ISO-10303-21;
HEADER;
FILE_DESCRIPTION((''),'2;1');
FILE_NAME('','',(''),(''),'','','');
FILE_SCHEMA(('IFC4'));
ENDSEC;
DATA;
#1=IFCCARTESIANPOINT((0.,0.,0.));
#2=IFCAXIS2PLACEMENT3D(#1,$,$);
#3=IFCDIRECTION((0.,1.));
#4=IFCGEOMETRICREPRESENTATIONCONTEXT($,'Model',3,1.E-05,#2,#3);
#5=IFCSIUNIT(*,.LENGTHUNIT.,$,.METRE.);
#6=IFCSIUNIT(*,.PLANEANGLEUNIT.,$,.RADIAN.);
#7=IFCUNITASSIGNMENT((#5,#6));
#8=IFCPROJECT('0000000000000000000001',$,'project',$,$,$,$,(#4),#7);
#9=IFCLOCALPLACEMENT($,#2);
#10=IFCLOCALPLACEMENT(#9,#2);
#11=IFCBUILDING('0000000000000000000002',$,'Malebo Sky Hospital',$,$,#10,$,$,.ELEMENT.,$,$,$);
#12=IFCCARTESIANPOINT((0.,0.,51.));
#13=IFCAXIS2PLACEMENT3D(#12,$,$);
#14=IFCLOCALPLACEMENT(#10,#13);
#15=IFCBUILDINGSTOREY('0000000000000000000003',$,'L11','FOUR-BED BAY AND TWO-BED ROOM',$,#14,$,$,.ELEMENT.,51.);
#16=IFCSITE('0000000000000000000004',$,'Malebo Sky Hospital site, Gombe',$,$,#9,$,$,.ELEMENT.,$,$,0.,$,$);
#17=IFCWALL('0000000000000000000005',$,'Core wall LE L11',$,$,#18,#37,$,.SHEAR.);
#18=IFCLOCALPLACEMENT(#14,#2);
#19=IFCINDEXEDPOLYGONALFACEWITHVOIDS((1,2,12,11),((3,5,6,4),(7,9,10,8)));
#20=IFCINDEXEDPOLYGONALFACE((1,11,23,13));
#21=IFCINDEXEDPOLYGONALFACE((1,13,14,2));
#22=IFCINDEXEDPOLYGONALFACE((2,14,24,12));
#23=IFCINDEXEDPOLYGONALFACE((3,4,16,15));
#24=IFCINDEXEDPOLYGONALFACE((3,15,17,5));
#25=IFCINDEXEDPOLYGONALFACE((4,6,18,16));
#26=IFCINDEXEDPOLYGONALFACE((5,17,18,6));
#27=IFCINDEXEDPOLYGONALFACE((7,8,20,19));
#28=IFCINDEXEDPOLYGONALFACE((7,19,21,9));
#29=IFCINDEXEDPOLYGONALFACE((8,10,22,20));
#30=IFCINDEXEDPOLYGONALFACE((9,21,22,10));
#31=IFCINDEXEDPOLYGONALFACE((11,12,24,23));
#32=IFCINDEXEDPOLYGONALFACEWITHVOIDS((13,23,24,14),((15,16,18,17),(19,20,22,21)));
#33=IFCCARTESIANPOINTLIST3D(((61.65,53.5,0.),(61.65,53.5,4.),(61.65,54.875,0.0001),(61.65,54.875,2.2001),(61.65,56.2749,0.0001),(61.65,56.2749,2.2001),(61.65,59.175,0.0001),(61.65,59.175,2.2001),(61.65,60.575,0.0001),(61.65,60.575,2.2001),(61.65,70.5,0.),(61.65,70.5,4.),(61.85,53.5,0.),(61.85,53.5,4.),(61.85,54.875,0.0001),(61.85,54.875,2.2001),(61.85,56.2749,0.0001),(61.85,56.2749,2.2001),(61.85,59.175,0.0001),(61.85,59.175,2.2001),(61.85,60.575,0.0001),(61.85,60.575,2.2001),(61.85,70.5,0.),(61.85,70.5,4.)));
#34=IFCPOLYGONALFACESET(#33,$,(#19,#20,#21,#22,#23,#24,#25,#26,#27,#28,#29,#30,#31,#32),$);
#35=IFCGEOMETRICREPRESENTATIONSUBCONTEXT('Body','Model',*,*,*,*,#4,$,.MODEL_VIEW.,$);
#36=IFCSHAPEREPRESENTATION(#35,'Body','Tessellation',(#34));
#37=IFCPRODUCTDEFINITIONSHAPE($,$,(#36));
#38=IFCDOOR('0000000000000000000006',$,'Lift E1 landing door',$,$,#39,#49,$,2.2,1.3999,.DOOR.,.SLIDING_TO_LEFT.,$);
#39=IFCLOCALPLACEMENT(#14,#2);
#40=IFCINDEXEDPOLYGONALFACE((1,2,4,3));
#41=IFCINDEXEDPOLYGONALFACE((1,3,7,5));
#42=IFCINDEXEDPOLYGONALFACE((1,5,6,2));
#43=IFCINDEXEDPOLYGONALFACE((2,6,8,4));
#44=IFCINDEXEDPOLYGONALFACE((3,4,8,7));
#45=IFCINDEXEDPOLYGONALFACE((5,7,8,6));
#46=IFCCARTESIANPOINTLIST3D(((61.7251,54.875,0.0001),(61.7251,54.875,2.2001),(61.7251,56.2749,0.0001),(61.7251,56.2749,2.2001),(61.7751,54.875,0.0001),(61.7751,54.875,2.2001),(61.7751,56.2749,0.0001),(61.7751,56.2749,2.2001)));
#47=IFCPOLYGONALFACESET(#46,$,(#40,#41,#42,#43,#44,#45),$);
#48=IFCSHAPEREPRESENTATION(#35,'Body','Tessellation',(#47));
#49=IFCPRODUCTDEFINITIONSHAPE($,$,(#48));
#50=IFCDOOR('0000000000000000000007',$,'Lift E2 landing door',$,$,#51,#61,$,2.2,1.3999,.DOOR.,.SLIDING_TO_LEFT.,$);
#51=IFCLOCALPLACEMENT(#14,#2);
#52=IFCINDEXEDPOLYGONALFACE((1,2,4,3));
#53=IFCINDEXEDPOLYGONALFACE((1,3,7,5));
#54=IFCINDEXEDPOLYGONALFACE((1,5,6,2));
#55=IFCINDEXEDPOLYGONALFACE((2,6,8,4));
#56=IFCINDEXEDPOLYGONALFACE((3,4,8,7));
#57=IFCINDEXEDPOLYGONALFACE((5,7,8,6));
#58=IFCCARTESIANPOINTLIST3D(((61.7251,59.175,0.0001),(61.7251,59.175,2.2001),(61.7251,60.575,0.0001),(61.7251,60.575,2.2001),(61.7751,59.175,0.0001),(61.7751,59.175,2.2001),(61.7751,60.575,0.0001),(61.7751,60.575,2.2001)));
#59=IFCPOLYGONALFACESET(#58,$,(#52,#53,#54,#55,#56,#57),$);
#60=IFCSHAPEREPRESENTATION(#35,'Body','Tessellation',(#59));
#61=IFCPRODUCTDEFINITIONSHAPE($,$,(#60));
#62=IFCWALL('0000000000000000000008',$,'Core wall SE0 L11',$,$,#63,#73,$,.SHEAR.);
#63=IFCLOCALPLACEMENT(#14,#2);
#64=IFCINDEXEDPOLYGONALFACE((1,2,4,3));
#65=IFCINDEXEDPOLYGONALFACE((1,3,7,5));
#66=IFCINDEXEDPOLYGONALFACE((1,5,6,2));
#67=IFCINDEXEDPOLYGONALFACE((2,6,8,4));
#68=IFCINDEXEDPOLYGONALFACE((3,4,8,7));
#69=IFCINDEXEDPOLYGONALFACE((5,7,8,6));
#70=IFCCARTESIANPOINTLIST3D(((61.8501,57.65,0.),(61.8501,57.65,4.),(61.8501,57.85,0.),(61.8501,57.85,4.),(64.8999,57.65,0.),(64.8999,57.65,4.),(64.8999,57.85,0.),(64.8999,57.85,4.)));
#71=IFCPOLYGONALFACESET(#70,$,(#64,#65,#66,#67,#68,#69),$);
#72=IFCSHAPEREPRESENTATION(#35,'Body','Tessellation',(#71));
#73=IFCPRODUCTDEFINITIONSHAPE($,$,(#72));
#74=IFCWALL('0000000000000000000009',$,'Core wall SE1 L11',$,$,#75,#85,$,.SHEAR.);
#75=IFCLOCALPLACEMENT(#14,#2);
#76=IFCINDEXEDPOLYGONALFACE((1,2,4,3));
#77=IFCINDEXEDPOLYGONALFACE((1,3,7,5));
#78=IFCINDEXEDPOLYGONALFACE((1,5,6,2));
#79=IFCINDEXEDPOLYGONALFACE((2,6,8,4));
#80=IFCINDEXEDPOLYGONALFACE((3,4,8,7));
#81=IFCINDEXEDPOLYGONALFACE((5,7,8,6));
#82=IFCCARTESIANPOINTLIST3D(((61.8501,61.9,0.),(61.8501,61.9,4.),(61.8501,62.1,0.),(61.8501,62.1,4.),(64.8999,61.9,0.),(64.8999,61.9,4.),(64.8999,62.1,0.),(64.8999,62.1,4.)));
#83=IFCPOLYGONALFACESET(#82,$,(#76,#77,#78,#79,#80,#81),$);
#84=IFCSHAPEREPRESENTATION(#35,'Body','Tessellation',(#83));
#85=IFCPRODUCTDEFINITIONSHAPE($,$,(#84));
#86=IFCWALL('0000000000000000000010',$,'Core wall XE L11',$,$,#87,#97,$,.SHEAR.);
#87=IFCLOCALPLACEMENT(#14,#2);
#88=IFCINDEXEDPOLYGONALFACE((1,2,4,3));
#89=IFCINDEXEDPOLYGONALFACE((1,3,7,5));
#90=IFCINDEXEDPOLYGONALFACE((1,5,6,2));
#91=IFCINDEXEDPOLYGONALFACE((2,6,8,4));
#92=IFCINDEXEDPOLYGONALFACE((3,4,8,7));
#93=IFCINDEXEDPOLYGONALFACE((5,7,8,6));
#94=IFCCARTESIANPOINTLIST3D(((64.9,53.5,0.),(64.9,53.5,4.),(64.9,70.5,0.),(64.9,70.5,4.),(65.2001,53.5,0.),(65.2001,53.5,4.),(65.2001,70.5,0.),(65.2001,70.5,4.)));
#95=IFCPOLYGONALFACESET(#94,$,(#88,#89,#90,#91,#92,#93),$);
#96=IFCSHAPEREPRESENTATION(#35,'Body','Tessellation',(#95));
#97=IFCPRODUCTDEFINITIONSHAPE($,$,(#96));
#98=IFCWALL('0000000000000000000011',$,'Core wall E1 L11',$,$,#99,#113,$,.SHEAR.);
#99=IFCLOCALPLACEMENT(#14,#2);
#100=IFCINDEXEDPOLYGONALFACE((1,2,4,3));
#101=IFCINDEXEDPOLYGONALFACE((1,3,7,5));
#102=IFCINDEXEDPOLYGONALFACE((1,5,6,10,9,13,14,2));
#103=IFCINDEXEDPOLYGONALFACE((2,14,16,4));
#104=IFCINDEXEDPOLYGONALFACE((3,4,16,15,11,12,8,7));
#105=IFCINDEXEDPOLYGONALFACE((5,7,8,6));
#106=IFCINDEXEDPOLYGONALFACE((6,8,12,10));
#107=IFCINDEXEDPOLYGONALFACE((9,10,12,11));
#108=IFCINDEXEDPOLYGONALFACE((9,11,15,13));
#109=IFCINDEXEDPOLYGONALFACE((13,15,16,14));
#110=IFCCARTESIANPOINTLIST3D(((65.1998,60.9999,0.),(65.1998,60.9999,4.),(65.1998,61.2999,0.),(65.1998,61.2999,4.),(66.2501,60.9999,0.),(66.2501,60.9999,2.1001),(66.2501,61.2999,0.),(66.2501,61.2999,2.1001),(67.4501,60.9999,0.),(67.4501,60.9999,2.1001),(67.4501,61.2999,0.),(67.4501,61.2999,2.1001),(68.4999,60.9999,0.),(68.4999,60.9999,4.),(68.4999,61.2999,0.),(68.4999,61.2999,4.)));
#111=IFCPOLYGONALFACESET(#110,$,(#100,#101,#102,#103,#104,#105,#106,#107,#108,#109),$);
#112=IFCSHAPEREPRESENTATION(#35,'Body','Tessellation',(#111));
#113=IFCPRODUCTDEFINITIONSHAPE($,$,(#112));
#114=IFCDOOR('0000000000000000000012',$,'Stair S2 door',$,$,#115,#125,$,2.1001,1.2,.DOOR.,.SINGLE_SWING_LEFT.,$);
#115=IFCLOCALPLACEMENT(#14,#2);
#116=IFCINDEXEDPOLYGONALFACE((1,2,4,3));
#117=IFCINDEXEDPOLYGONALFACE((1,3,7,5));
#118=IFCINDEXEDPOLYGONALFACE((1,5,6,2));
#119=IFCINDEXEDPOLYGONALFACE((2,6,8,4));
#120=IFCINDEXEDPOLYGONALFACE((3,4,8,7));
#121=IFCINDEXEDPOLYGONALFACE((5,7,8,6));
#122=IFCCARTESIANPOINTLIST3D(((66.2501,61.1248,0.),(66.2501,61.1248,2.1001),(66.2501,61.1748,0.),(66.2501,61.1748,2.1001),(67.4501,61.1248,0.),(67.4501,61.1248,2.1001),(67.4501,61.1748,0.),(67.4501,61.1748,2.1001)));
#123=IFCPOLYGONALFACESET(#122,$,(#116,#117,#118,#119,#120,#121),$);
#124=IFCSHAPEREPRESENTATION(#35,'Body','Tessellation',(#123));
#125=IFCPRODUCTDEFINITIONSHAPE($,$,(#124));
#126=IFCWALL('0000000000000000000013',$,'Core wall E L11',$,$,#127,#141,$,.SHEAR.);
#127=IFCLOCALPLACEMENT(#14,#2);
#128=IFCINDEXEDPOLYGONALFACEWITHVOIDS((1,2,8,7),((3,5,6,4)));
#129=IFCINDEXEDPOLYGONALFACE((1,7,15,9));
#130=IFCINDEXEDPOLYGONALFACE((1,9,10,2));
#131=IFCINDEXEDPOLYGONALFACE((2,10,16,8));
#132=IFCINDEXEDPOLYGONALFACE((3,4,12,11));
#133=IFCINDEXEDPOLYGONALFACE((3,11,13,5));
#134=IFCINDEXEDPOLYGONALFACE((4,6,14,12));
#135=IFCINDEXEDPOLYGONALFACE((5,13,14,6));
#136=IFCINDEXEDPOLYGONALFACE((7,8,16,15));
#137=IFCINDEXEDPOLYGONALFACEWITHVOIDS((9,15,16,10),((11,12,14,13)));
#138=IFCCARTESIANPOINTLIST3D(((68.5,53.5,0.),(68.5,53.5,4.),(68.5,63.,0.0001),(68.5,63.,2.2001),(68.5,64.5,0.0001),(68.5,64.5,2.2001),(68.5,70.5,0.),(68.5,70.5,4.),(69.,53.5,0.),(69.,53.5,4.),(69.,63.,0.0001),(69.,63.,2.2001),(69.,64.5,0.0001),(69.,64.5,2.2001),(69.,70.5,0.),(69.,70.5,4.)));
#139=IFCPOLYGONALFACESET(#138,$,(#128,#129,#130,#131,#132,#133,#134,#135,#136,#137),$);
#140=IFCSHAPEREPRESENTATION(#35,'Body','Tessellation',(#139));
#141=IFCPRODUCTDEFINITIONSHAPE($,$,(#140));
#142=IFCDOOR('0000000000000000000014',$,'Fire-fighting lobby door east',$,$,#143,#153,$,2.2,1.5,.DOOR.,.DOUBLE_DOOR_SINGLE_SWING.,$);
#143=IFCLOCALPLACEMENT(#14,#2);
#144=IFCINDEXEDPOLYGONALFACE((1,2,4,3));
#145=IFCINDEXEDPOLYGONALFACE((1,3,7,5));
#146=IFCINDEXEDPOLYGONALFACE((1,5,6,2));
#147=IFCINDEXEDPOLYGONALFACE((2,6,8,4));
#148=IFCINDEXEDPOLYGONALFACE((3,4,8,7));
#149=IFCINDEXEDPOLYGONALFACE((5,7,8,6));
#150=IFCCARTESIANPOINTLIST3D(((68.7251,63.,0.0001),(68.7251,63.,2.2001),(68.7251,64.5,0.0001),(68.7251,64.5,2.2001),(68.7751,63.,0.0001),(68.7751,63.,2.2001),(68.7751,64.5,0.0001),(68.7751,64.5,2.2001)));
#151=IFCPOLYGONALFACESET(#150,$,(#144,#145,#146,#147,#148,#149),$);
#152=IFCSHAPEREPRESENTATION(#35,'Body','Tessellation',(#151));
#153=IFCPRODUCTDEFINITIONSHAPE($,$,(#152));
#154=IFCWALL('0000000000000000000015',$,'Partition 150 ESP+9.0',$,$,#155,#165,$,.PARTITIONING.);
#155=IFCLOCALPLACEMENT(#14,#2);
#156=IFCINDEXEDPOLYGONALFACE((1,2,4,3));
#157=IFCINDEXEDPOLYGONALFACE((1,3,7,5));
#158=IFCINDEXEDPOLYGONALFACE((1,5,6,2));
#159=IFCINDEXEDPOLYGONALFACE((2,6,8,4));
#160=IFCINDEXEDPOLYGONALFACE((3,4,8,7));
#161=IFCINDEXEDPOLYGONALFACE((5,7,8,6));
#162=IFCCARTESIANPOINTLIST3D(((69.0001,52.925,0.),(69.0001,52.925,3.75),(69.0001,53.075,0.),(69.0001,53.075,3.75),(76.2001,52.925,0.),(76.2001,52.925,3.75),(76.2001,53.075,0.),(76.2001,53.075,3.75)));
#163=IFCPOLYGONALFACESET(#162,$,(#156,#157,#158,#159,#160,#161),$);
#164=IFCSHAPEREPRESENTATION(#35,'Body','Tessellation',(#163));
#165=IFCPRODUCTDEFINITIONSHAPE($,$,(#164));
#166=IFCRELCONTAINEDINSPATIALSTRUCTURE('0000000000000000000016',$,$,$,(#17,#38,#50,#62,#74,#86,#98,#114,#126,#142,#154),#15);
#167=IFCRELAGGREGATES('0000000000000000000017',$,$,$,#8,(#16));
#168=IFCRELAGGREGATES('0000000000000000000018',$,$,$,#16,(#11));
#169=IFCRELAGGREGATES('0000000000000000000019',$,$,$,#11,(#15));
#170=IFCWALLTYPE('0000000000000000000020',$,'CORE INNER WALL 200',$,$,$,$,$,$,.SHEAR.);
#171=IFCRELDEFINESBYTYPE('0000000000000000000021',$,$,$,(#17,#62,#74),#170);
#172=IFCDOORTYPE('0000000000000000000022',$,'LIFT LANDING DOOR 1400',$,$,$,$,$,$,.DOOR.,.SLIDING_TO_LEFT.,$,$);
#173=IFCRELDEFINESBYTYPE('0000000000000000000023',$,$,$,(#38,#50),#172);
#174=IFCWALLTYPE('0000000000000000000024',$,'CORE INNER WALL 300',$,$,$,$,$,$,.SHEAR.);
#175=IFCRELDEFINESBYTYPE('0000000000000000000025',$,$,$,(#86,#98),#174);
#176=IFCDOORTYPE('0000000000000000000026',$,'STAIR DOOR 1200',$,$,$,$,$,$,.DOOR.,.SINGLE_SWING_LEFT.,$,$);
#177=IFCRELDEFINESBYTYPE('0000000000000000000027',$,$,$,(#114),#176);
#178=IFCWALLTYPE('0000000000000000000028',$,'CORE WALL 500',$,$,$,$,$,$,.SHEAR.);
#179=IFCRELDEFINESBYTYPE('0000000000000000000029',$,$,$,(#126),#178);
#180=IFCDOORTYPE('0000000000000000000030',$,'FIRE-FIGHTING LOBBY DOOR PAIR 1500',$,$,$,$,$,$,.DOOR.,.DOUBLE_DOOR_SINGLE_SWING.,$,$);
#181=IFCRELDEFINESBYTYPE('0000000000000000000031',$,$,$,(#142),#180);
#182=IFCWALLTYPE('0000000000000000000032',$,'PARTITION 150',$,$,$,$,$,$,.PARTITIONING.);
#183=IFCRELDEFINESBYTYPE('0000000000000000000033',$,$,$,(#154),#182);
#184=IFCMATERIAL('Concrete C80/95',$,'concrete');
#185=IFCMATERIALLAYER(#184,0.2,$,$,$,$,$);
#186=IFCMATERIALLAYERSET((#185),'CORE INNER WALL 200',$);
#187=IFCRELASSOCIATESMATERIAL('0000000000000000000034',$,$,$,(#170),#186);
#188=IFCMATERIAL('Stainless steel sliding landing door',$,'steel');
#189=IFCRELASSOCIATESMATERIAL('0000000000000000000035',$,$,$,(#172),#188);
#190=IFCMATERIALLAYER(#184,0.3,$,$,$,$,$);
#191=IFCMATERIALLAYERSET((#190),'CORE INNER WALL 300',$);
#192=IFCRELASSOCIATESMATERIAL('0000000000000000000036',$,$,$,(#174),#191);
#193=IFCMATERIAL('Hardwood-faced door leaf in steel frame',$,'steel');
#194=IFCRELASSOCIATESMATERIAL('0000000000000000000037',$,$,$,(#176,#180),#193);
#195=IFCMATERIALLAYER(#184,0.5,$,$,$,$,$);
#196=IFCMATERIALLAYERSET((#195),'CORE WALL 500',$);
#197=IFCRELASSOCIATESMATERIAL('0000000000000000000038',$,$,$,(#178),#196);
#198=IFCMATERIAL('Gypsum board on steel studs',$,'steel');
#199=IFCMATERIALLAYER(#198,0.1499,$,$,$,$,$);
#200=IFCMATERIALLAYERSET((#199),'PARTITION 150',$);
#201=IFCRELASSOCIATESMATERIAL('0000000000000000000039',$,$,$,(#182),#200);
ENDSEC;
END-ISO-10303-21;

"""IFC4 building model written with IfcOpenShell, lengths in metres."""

from ifc_helpers import new_model, si_unit, direction, frame, frame_2d, origin, place, context, subcontext, project, spatial, rectangle, extrude, material, layer, layer_set, type_object, element, fill, save


model = new_model("IFC4")

# Units and contexts
model_context = context("Model", 3, precision=1e-05, world=origin(), true_north=direction((0.0, 1.0)))
body_context = subcontext(model_context, "Body", "Model", "MODEL_VIEW")
ifc_project = project(units=[si_unit("LENGTHUNIT", "METRE"), si_unit("PLANEANGLEUNIT", "RADIAN")], contexts=[model_context])

# Site, building, storey
site_placement = place(None, origin())
site = spatial("IfcSite", under=ifc_project, at=site_placement, Name="Malebo Sky Hospital site, Gombe", CompositionType="ELEMENT", RefElevation=0.0)
building_placement = place(site_placement, origin())
building = spatial("IfcBuilding", under=site, at=building_placement, Name="Malebo Sky Hospital", CompositionType="ELEMENT")
storey_placement = place(building_placement, frame((0.0, 0.0, 51.0)))
storey = spatial("IfcBuildingStorey", under=building, at=storey_placement, Name="L11", Description="FOUR-BED BAY AND TWO-BED ROOM", CompositionType="ELEMENT", Elevation=51.0)

# Wall, openings, doors
ifc_material_1 = material(Name="Concrete C80/95", Category="concrete")
ifc_layer_1 = layer(ifc_material_1, 0.2)
ifc_layer_set_1 = layer_set([ifc_layer_1], Name="CORE INNER WALL 200")
wall_type_1 = type_object("IfcWallType", Name="CORE INNER WALL 200", PredefinedType="SHEAR", material=ifc_layer_set_1)
ifc_material_2 = material(Name="Stainless steel sliding landing door", Category="steel")
door_type_1 = type_object("IfcDoorType", Name="LIFT LANDING DOOR 1400", OperationType="SLIDING_TO_LEFT", PredefinedType="DOOR", material=ifc_material_2)
wall_1_placement = place(storey_placement, frame((61.75, 53.5, 0.0), z_axis=(0.0, 0.0, 1.0), x_axis=(0.0, 1.0, 0.0)))
wall_1 = element("IfcWall", 1, at=wall_1_placement, inside=storey, type_object=wall_type_1, Name="Core wall LE L11", PredefinedType="SHEAR", context=body_context, shape_type="SweptSolid", body=[
    extrude(rectangle(XDim=17.0, YDim=0.2, at=frame_2d((8.5, 0.0))), origin(), (0.0, 0.0, 1.0), 4.0),
])
opening_1_placement = place(wall_1_placement, frame((1.375, 0.0, 0.0)))
opening_1 = element("IfcOpeningElement", 2, at=opening_1_placement, cuts=wall_1, PredefinedType="OPENING", context=body_context, shape_type="SweptSolid", body=[
    extrude(rectangle(XDim=1.3999, YDim=2.2, at=frame_2d((0.7, 1.1001))), frame((0.0, 0.1099, 0.0), z_axis=(0.0, -1.0, 0.0), x_axis=(1.0, 0.0, 0.0)), (0.0, 0.0, 1.0), 0.22),
])
opening_2_placement = place(wall_1_placement, frame((5.675, 0.0, 0.0)))
opening_2 = element("IfcOpeningElement", 3, at=opening_2_placement, cuts=wall_1, PredefinedType="OPENING", context=body_context, shape_type="SweptSolid", body=[
    extrude(rectangle(XDim=1.3999, YDim=2.2, at=frame_2d((0.7, 1.1001))), frame((0.0, 0.1099, 0.0), z_axis=(0.0, -1.0, 0.0), x_axis=(1.0, 0.0, 0.0)), (0.0, 0.0, 1.0), 0.22),
])
door_1_placement = place(opening_1_placement, origin())
door_1 = element("IfcDoor", 4, at=door_1_placement, inside=storey, type_object=door_type_1, Name="Lift E1 landing door", OperationType="SLIDING_TO_LEFT", OverallHeight=2.2, OverallWidth=1.3999, PredefinedType="DOOR", context=body_context, shape_type="SweptSolid", body=[
    extrude(rectangle(XDim=1.3999, YDim=2.2, at=frame_2d((0.7, 1.1001))), frame((0.0, 0.0249, 0.0), z_axis=(0.0, -1.0, 0.0), x_axis=(1.0, 0.0, 0.0)), (0.0, 0.0, 1.0), 0.05),
])
fill(opening_1, door_1)
door_2_placement = place(opening_2_placement, origin())
door_2 = element("IfcDoor", 5, at=door_2_placement, inside=storey, type_object=door_type_1, Name="Lift E2 landing door", OperationType="SLIDING_TO_LEFT", OverallHeight=2.2, OverallWidth=1.3999, PredefinedType="DOOR", context=body_context, shape_type="SweptSolid", body=[
    extrude(rectangle(XDim=1.3999, YDim=2.2, at=frame_2d((0.7, 1.1001))), frame((0.0, 0.0249, 0.0), z_axis=(0.0, -1.0, 0.0), x_axis=(1.0, 0.0, 0.0)), (0.0, 0.0, 1.0), 0.05),
])
fill(opening_2, door_2)

# Walls
for number, where, z_axis, x_axis, name in (
    (6, (61.8501, 57.75, 0.0), (0.0, 0.0, 1.0), (1.0, 0.0, 0.0), "Core wall SE0 L11"),
    (7, (61.8501, 62.0, 0.0), (0.0, 0.0, 1.0), (1.0, 0.0, 0.0), "Core wall SE1 L11"),
):
    element("IfcWall", number, at=place(storey_placement, frame(where, z_axis=z_axis, x_axis=x_axis)), inside=storey, type_object=wall_type_1, Name=name, PredefinedType="SHEAR", context=body_context, shape_type="SweptSolid", body=[
        extrude(rectangle(XDim=3.0498, YDim=0.2, at=frame_2d((1.5249, 0.0))), origin(), (0.0, 0.0, 1.0), 4.0),
    ])
ifc_layer_2 = layer(ifc_material_1, 0.3)
ifc_layer_set_2 = layer_set([ifc_layer_2], Name="CORE INNER WALL 300")
wall_type_2 = type_object("IfcWallType", Name="CORE INNER WALL 300", PredefinedType="SHEAR", material=ifc_layer_set_2)
wall_2_placement = place(storey_placement, frame((65.05, 53.5, 0.0), z_axis=(0.0, 0.0, 1.0), x_axis=(0.0, 1.0, 0.0)))
element("IfcWall", 8, at=wall_2_placement, inside=storey, type_object=wall_type_2, Name="Core wall XE L11", PredefinedType="SHEAR", context=body_context, shape_type="SweptSolid", body=[
    extrude(rectangle(XDim=17.0, YDim=0.3, at=frame_2d((8.5, 0.0))), origin(), (0.0, 0.0, 1.0), 4.0),
])

# Walls, openings, doors
wall_3_placement = place(storey_placement, frame((65.2, 61.1499, 0.0), z_axis=(0.0, 0.0, 1.0), x_axis=(1.0, 0.0, 0.0)))
wall_3 = element("IfcWall", 9, at=wall_3_placement, inside=storey, type_object=wall_type_2, Name="Core wall E1 L11", PredefinedType="SHEAR", context=body_context, shape_type="SweptSolid", body=[
    extrude(rectangle(XDim=3.3, YDim=0.3, at=frame_2d((1.6499, 0.0))), origin(), (0.0, 0.0, 1.0), 4.0),
])
opening_3_placement = place(wall_3_placement, frame((1.05, 0.0, 0.0)))
opening_3 = element("IfcOpeningElement", 10, at=opening_3_placement, cuts=wall_3, PredefinedType="OPENING", context=body_context, shape_type="SweptSolid", body=[
    extrude(rectangle(XDim=1.2, YDim=2.1001, at=frame_2d((0.6001, 1.05))), frame((0.0, 0.1599, 0.0), z_axis=(0.0, -1.0, 0.0), x_axis=(1.0, 0.0, 0.0)), (0.0, 0.0, 1.0), 0.3201),
])
ifc_material_3 = material(Name="Hardwood-faced door leaf in steel frame", Category="steel")
door_type_2 = type_object("IfcDoorType", Name="STAIR DOOR 1200", OperationType="SINGLE_SWING_LEFT", PredefinedType="DOOR", material=ifc_material_3)
door_3_placement = place(opening_3_placement, origin())
door_3 = element("IfcDoor", 11, at=door_3_placement, inside=storey, type_object=door_type_2, Name="Stair S2 door", OperationType="SINGLE_SWING_LEFT", OverallHeight=2.1001, OverallWidth=1.2, PredefinedType="DOOR", context=body_context, shape_type="SweptSolid", body=[
    extrude(rectangle(XDim=1.2, YDim=2.1001, at=frame_2d((0.6001, 1.05))), frame((0.0, 0.0249, 0.0), z_axis=(0.0, -1.0, 0.0), x_axis=(1.0, 0.0, 0.0)), (0.0, 0.0, 1.0), 0.05),
])
fill(opening_3, door_3)
ifc_layer_3 = layer(ifc_material_1, 0.5)
ifc_layer_set_3 = layer_set([ifc_layer_3], Name="CORE WALL 500")
wall_type_3 = type_object("IfcWallType", Name="CORE WALL 500", PredefinedType="SHEAR", material=ifc_layer_set_3)
wall_4_placement = place(storey_placement, frame((68.75, 53.5, 0.0), z_axis=(0.0, 0.0, 1.0), x_axis=(0.0, 1.0, 0.0)))
wall_4 = element("IfcWall", 12, at=wall_4_placement, inside=storey, type_object=wall_type_3, Name="Core wall E L11", PredefinedType="SHEAR", context=body_context, shape_type="SweptSolid", body=[
    extrude(rectangle(XDim=17.0, YDim=0.5, at=frame_2d((8.5, 0.0))), origin(), (0.0, 0.0, 1.0), 4.0),
])
opening_4_placement = place(wall_4_placement, frame((9.5, 0.0, 0.0)))
opening_4 = element("IfcOpeningElement", 13, at=opening_4_placement, cuts=wall_4, PredefinedType="OPENING", context=body_context, shape_type="SweptSolid", body=[
    extrude(rectangle(XDim=1.5, YDim=2.2, at=frame_2d((0.75, 1.1001))), frame((0.0, 0.26, 0.0), z_axis=(0.0, -1.0, 0.0), x_axis=(1.0, 0.0, 0.0)), (0.0, 0.0, 1.0), 0.52),
])
door_type_3 = type_object("IfcDoorType", Name="FIRE-FIGHTING LOBBY DOOR PAIR 1500", OperationType="DOUBLE_DOOR_SINGLE_SWING", PredefinedType="DOOR", material=ifc_material_3)
door_4_placement = place(opening_4_placement, origin())
door_4 = element("IfcDoor", 14, at=door_4_placement, inside=storey, type_object=door_type_3, Name="Fire-fighting lobby door east", OperationType="DOUBLE_DOOR_SINGLE_SWING", OverallHeight=2.2, OverallWidth=1.5, PredefinedType="DOOR", context=body_context, shape_type="SweptSolid", body=[
    extrude(rectangle(XDim=1.5, YDim=2.2, at=frame_2d((0.75, 1.1001))), frame((0.0, 0.0249, 0.0), z_axis=(0.0, -1.0, 0.0), x_axis=(1.0, 0.0, 0.0)), (0.0, 0.0, 1.0), 0.05),
])
fill(opening_4, door_4)

# Wall
ifc_material_4 = material(Name="Gypsum board on steel studs", Category="steel")
ifc_layer_4 = layer(ifc_material_4, 0.1499)
ifc_layer_set_4 = layer_set([ifc_layer_4], Name="PARTITION 150")
wall_type_4 = type_object("IfcWallType", Name="PARTITION 150", PredefinedType="PARTITIONING", material=ifc_layer_set_4)
wall_5_placement = place(storey_placement, frame((69.0, 53.0, 0.0), z_axis=(0.0, 0.0, 1.0), x_axis=(1.0, 0.0, 0.0)))
element("IfcWall", 15, at=wall_5_placement, inside=storey, type_object=wall_type_4, Name="Partition 150 ESP+9.0", PredefinedType="PARTITIONING", context=body_context, shape_type="SweptSolid", body=[
    extrude(rectangle(XDim=7.2, YDim=0.1499, at=frame_2d((3.6001, 0.0))), origin(), (0.0, 0.0, 1.0), 3.75),
])

save(model, "model.ifc")
